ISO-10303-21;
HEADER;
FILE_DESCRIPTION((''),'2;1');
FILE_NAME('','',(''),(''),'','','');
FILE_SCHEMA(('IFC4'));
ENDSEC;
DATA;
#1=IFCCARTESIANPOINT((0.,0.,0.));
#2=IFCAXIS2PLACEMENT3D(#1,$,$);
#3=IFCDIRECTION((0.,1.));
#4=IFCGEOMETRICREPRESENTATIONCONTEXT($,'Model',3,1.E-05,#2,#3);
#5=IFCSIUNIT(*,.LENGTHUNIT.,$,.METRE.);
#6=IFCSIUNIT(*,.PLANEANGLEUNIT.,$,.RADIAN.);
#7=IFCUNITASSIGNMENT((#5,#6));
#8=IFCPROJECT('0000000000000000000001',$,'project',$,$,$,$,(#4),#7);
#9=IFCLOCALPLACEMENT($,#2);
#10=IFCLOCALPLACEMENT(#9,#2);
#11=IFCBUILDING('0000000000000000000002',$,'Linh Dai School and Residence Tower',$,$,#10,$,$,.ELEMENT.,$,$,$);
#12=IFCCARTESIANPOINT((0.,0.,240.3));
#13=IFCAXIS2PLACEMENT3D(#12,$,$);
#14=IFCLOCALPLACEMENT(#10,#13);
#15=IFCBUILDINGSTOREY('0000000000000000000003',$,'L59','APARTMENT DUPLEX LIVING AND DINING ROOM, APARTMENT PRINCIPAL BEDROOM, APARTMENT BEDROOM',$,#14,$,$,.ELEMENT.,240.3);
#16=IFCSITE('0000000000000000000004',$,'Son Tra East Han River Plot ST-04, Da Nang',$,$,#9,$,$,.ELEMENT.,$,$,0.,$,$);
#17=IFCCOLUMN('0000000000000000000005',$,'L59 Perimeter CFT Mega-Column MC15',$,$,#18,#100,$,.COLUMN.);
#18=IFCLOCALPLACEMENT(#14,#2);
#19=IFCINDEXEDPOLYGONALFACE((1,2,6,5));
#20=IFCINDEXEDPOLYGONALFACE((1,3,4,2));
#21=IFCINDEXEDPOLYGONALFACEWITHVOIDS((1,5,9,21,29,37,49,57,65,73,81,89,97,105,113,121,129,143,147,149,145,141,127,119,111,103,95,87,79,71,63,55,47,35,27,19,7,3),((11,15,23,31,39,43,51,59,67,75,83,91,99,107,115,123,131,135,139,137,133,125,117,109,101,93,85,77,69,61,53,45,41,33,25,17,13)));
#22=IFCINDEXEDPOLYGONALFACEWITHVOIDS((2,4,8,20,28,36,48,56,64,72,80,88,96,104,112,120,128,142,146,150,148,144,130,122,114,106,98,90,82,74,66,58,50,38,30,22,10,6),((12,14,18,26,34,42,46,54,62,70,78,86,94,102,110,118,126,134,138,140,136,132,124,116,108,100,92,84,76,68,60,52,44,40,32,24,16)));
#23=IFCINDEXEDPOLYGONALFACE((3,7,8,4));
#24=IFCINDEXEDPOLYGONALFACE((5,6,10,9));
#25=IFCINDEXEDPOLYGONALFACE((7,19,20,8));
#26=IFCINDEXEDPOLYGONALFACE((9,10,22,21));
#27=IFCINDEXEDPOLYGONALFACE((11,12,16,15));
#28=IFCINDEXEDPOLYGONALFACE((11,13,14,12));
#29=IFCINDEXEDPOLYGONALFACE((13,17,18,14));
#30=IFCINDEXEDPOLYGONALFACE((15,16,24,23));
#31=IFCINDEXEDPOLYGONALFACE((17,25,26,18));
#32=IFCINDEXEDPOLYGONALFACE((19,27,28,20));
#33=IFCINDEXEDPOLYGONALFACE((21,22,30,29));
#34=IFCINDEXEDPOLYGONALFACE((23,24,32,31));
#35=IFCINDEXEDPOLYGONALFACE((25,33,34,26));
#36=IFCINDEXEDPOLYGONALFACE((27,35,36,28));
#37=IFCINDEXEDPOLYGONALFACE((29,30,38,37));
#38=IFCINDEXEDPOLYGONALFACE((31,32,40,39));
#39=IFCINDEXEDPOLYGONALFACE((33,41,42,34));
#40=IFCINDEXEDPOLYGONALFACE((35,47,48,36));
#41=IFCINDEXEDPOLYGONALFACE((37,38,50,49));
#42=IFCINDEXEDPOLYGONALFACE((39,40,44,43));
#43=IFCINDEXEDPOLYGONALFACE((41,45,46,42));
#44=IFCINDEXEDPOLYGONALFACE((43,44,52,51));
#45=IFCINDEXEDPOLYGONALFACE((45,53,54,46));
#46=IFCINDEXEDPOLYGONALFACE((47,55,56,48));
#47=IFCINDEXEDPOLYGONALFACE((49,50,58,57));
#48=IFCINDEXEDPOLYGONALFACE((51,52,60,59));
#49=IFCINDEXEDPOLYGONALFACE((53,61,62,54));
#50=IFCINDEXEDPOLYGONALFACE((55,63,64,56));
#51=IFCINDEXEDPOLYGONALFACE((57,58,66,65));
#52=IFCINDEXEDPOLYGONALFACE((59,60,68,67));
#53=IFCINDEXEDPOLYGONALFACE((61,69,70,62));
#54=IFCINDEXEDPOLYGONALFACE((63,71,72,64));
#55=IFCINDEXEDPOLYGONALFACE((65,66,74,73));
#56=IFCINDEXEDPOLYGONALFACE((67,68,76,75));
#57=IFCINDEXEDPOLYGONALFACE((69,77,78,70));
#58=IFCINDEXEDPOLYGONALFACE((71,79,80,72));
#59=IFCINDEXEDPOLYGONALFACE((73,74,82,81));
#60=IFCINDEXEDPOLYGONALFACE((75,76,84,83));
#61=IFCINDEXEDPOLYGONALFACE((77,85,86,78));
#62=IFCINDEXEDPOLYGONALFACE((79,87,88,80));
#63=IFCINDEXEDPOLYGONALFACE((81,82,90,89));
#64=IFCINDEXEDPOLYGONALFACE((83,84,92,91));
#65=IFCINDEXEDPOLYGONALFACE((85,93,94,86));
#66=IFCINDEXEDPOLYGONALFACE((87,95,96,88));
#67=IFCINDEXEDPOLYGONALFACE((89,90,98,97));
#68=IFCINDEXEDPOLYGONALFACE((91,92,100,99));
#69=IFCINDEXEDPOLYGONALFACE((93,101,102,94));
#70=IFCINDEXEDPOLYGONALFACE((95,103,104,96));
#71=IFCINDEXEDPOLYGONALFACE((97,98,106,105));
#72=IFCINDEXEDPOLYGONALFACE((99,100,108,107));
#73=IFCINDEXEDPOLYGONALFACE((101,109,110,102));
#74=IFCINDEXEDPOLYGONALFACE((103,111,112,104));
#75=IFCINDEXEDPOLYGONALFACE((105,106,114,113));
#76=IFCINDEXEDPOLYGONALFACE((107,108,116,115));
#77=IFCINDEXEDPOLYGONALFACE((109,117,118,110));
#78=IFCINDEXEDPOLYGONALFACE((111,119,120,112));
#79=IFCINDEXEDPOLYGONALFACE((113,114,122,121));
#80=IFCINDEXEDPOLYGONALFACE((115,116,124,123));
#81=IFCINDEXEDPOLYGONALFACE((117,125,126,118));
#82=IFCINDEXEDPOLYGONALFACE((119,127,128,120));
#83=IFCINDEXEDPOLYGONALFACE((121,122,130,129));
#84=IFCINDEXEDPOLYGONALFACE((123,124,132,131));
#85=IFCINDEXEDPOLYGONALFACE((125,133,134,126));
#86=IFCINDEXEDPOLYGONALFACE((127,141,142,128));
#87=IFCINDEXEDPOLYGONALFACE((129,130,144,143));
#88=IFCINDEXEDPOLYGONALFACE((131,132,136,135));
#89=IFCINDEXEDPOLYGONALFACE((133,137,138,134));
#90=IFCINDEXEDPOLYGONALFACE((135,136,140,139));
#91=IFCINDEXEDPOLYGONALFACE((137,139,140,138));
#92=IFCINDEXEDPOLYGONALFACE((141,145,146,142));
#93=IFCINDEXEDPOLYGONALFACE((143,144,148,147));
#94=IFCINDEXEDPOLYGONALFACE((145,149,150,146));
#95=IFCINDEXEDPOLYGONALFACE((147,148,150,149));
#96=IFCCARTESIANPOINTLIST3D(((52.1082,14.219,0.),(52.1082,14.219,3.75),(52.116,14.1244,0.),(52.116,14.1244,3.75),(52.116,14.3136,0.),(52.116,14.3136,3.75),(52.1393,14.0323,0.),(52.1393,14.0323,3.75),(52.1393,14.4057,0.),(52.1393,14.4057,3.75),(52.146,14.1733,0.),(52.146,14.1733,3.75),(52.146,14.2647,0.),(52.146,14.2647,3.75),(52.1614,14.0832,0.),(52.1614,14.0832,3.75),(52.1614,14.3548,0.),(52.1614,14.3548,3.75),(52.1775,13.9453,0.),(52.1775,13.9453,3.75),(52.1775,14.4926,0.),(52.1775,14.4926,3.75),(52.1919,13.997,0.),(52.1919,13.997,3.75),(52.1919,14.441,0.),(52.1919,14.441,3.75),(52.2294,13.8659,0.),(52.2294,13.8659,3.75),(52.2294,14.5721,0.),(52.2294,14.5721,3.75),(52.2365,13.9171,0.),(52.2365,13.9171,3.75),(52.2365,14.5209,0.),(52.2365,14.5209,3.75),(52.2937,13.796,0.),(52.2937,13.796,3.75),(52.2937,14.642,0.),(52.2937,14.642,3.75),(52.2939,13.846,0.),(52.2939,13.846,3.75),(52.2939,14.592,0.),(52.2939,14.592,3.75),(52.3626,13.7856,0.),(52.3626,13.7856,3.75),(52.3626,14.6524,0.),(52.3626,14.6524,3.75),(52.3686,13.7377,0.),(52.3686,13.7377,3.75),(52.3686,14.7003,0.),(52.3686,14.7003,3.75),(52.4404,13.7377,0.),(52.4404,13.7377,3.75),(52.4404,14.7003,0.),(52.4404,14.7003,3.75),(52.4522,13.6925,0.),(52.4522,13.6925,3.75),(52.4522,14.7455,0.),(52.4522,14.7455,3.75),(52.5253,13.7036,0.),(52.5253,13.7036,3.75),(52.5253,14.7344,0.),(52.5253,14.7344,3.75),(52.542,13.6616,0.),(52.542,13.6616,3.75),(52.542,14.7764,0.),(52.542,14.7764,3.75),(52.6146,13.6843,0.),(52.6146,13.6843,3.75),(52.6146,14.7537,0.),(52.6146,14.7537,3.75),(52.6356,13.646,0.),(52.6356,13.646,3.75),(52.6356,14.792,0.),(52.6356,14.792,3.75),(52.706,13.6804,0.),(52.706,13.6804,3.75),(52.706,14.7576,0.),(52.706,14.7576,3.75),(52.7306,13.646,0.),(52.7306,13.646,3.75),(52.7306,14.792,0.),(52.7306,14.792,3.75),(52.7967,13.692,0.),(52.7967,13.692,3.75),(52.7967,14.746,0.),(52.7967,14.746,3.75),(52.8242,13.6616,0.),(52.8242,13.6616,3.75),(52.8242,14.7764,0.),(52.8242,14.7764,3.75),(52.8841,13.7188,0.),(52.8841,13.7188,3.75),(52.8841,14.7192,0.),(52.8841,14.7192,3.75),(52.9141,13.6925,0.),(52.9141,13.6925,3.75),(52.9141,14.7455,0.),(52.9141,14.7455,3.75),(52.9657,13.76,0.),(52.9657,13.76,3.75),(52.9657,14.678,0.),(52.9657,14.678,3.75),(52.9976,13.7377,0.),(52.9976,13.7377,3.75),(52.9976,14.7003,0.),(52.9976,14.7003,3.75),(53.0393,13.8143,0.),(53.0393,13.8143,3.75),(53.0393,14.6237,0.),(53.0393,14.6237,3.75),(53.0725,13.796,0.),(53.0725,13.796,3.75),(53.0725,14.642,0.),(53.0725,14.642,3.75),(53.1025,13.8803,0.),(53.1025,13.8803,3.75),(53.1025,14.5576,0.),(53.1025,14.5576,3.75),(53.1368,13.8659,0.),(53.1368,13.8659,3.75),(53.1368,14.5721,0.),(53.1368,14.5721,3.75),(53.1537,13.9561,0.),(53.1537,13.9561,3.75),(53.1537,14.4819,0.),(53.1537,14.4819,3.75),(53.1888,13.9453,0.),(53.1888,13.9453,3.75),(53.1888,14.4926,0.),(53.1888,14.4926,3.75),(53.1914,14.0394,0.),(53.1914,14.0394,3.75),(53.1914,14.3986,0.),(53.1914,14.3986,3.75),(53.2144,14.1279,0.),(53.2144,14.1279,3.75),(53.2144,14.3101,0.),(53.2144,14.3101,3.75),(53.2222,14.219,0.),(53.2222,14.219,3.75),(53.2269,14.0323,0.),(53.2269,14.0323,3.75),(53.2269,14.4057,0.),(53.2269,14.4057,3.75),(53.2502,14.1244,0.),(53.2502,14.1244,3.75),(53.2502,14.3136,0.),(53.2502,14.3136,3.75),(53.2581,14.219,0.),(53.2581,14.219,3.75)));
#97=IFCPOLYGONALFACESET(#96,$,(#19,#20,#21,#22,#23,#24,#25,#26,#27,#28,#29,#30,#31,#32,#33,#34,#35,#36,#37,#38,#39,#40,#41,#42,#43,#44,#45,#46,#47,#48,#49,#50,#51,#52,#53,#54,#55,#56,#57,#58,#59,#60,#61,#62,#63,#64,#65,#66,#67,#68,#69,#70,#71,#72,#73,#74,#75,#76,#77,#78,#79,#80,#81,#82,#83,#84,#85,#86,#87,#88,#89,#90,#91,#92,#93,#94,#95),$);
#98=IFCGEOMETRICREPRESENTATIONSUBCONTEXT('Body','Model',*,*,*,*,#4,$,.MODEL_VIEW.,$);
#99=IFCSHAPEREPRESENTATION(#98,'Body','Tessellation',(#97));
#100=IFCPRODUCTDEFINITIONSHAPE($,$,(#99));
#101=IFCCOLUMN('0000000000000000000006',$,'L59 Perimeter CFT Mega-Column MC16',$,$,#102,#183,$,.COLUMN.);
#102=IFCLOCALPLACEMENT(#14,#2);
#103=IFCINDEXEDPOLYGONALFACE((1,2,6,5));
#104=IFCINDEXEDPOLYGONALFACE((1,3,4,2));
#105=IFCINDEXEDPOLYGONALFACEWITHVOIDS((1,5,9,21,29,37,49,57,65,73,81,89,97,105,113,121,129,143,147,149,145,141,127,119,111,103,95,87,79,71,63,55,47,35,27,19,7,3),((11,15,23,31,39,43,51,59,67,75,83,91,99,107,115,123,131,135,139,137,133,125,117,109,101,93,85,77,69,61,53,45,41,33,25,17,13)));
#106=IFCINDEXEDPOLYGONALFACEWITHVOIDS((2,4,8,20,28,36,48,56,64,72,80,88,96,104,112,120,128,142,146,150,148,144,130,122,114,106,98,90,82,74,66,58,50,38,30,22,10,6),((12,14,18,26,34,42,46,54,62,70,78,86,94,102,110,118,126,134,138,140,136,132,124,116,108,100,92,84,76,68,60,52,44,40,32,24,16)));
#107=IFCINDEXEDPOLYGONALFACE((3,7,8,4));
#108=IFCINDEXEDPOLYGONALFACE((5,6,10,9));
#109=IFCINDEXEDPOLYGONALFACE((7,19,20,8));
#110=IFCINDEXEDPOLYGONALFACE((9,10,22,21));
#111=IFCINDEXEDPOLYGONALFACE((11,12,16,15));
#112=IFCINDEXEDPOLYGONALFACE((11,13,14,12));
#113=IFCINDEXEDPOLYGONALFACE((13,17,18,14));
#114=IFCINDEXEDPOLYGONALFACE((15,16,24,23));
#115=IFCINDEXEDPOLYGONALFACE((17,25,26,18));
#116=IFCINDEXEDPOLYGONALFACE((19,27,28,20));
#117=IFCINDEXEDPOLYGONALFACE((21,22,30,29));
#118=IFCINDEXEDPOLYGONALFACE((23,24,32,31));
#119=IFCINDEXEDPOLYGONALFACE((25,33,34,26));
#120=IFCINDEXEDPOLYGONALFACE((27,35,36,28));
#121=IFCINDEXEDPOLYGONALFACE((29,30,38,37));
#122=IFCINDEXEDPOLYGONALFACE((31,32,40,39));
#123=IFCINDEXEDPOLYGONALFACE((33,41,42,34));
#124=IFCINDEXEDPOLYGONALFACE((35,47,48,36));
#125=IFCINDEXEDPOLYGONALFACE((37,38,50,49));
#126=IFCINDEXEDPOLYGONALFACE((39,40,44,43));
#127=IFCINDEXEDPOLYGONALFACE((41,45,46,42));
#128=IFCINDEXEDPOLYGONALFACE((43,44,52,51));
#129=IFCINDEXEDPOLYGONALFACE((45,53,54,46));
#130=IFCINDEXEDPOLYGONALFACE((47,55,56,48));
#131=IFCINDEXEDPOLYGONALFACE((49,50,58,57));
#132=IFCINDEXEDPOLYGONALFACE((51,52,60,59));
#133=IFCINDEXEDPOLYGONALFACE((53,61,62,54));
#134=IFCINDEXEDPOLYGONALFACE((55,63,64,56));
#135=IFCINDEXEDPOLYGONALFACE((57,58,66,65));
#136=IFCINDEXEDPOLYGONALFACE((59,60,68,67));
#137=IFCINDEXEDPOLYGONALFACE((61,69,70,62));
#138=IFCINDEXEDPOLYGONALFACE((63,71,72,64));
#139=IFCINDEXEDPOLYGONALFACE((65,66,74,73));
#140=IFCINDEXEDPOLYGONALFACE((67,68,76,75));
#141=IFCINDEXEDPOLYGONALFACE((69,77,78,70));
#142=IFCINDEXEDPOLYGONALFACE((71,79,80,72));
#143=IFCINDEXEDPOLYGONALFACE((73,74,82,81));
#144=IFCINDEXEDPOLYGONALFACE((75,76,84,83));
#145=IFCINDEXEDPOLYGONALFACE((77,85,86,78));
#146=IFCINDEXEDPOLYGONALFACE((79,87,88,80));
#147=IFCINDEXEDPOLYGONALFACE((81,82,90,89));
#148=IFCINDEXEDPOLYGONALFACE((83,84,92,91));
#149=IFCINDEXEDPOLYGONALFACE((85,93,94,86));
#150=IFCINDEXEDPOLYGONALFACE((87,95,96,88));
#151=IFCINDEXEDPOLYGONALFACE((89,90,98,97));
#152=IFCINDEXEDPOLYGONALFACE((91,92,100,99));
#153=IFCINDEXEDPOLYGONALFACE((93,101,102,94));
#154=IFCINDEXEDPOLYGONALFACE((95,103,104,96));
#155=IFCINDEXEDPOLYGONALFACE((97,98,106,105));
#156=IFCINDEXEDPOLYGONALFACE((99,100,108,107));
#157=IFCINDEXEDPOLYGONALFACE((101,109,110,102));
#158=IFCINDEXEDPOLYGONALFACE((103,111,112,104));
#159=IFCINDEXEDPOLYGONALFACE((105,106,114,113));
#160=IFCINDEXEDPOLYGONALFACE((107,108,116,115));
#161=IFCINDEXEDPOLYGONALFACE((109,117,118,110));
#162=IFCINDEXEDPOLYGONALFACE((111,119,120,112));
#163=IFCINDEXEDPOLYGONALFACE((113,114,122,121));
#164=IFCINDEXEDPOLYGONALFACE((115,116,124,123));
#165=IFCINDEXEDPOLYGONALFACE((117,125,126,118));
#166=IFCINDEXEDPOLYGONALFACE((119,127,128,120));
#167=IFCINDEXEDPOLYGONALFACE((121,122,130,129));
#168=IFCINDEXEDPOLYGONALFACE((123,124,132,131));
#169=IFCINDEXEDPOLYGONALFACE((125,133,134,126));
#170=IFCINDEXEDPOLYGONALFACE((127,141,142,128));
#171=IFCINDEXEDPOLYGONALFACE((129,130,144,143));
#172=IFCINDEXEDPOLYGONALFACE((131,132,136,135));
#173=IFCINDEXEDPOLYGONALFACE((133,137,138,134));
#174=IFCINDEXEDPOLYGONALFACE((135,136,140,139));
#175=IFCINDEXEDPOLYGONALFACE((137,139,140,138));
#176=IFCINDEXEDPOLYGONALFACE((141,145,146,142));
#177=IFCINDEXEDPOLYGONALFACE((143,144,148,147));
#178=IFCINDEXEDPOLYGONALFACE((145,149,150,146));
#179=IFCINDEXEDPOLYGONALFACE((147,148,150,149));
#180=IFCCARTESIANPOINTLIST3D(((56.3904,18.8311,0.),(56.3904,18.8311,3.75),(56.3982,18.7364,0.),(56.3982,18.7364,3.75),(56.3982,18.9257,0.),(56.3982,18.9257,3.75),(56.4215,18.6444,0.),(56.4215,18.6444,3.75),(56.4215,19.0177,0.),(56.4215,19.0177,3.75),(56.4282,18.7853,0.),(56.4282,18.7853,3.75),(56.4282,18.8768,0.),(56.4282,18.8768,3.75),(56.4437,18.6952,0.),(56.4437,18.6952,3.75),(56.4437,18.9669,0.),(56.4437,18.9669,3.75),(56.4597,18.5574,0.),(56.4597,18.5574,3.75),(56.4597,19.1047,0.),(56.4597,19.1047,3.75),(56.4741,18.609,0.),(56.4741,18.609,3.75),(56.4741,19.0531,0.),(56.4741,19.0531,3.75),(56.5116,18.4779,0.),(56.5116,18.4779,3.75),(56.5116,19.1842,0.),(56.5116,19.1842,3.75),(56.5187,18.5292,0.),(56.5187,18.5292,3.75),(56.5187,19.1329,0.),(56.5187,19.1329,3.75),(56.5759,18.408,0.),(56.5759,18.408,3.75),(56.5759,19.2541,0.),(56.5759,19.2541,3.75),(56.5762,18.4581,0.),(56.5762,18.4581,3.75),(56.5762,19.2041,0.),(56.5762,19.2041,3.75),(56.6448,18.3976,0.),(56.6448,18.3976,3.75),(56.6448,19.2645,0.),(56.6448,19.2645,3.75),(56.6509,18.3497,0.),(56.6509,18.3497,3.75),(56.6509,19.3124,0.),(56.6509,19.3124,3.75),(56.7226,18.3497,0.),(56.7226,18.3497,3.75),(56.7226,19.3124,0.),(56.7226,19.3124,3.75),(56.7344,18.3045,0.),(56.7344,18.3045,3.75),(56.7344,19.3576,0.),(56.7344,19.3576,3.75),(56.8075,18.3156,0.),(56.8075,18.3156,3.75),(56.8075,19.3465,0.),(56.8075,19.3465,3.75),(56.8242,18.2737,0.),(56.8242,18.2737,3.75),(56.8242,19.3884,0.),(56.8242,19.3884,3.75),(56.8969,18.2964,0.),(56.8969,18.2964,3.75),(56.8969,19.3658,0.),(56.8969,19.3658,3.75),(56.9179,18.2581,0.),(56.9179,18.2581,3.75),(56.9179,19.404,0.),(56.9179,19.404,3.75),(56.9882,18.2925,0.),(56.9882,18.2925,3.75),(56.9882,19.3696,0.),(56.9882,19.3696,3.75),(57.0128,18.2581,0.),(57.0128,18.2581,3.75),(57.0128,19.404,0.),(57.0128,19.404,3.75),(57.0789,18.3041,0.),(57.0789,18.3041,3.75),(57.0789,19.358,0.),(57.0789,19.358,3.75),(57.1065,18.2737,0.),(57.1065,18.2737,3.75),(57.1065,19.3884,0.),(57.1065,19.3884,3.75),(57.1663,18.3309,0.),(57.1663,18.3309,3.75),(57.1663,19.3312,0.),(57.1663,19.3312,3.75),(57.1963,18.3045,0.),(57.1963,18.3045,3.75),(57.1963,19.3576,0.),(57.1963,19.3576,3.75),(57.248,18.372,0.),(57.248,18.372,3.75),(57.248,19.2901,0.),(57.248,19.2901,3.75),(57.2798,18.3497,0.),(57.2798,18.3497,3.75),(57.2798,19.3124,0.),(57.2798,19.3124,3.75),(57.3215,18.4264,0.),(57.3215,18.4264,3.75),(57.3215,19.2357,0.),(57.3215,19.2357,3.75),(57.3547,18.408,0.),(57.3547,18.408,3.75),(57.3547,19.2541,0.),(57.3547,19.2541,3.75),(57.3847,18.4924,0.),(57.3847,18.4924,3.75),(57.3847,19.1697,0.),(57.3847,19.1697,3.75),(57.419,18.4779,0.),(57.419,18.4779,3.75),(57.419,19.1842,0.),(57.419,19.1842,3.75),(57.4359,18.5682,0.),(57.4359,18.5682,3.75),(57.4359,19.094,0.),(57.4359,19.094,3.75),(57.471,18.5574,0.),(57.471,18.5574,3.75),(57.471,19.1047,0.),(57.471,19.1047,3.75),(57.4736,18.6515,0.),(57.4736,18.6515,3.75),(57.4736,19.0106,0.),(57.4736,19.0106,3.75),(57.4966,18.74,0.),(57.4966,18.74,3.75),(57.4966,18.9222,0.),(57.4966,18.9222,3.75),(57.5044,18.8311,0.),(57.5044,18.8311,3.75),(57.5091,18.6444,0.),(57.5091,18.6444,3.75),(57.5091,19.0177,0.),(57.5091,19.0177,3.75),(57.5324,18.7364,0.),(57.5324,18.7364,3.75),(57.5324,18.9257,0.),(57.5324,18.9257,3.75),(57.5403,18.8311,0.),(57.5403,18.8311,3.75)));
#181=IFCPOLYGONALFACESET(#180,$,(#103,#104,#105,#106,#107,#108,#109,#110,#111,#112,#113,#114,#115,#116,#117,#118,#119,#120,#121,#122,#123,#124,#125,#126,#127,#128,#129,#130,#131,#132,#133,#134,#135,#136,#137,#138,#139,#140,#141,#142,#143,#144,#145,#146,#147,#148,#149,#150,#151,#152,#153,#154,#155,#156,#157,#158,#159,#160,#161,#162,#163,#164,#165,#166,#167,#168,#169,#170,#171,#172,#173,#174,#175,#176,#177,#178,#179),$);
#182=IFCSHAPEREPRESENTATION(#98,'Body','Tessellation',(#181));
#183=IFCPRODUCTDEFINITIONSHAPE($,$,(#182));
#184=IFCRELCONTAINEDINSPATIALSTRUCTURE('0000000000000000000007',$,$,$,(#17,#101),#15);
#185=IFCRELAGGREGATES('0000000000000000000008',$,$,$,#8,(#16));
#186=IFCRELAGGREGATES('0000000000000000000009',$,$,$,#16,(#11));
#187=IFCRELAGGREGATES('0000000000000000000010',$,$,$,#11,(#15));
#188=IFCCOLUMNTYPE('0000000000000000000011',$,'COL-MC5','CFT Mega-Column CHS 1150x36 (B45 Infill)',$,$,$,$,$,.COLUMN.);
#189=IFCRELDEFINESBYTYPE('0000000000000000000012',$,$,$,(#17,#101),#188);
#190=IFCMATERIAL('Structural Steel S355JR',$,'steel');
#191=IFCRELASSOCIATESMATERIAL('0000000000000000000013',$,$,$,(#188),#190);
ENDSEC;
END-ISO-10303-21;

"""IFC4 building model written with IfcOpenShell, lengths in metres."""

from ifc_helpers import new_model, si_unit, direction, frame, origin, origin_2d, place, context, subcontext, project, spatial, hollow_circle, extrude, material, material_profile, profile_set, type_object, element, save


model = new_model("IFC4")

# Units and contexts
model_context = context("Model", 3, precision=1e-05, world=origin(), true_north=direction((0.0, 1.0)))
body_context = subcontext(model_context, "Body", "Model", "MODEL_VIEW")
ifc_project = project(units=[si_unit("LENGTHUNIT", "METRE"), si_unit("PLANEANGLEUNIT", "RADIAN")], contexts=[model_context])

# Site, building, storey
site_placement = place(None, origin())
site = spatial("IfcSite", under=ifc_project, at=site_placement, Name="Son Tra East Han River Plot ST-04, Da Nang", CompositionType="ELEMENT", RefElevation=0.0)
building_placement = place(site_placement, origin())
building = spatial("IfcBuilding", under=site, at=building_placement, Name="Linh Dai School and Residence Tower", CompositionType="ELEMENT")
storey_placement = place(building_placement, frame((0.0, 0.0, 240.3)))
storey = spatial("IfcBuildingStorey", under=building, at=storey_placement, Name="L59", Description="APARTMENT DUPLEX LIVING AND DINING ROOM, APARTMENT PRINCIPAL BEDROOM, APARTMENT BEDROOM", CompositionType="ELEMENT", Elevation=240.3)

# Columns
ifc_material_1 = material(Name="Structural Steel S355JR", Category="steel")
ifc_material_profile_1 = material_profile(ifc_material_1, hollow_circle(Radius=0.575, WallThickness=0.0359, at=origin_2d()), Name="CHS 1150x36")
ifc_profile_set_1 = profile_set([ifc_material_profile_1], Name="Structural Steel S355JR")
column_type = type_object("IfcColumnType", Name="COL-MC5", Description="CFT Mega-Column CHS 1150x36 (B45 Infill)", PredefinedType="COLUMN", material=ifc_profile_set_1)
for number, where, z_axis, x_axis, name in (
    (1, (52.6831, 14.219, 0.0), (0.0, 0.0, 1.0), (1.0, 0.0, 0.0), "L59 Perimeter CFT Mega-Column MC15"),
    (2, (56.9653, 18.8311, 0.0), (0.0, 0.0, 1.0), (1.0, 0.0, 0.0), "L59 Perimeter CFT Mega-Column MC16"),
):
    element("IfcColumn", number, at=place(storey_placement, frame(where, z_axis=z_axis, x_axis=x_axis)), inside=storey, type_object=column_type, Name=name, PredefinedType="COLUMN", context=body_context, shape_type="SweptSolid", body=[
        extrude(hollow_circle(Radius=0.575, WallThickness=0.0359, at=origin_2d()), origin(), (0.0, 0.0, 1.0), 3.75),
    ])

save(model, "model.ifc")
